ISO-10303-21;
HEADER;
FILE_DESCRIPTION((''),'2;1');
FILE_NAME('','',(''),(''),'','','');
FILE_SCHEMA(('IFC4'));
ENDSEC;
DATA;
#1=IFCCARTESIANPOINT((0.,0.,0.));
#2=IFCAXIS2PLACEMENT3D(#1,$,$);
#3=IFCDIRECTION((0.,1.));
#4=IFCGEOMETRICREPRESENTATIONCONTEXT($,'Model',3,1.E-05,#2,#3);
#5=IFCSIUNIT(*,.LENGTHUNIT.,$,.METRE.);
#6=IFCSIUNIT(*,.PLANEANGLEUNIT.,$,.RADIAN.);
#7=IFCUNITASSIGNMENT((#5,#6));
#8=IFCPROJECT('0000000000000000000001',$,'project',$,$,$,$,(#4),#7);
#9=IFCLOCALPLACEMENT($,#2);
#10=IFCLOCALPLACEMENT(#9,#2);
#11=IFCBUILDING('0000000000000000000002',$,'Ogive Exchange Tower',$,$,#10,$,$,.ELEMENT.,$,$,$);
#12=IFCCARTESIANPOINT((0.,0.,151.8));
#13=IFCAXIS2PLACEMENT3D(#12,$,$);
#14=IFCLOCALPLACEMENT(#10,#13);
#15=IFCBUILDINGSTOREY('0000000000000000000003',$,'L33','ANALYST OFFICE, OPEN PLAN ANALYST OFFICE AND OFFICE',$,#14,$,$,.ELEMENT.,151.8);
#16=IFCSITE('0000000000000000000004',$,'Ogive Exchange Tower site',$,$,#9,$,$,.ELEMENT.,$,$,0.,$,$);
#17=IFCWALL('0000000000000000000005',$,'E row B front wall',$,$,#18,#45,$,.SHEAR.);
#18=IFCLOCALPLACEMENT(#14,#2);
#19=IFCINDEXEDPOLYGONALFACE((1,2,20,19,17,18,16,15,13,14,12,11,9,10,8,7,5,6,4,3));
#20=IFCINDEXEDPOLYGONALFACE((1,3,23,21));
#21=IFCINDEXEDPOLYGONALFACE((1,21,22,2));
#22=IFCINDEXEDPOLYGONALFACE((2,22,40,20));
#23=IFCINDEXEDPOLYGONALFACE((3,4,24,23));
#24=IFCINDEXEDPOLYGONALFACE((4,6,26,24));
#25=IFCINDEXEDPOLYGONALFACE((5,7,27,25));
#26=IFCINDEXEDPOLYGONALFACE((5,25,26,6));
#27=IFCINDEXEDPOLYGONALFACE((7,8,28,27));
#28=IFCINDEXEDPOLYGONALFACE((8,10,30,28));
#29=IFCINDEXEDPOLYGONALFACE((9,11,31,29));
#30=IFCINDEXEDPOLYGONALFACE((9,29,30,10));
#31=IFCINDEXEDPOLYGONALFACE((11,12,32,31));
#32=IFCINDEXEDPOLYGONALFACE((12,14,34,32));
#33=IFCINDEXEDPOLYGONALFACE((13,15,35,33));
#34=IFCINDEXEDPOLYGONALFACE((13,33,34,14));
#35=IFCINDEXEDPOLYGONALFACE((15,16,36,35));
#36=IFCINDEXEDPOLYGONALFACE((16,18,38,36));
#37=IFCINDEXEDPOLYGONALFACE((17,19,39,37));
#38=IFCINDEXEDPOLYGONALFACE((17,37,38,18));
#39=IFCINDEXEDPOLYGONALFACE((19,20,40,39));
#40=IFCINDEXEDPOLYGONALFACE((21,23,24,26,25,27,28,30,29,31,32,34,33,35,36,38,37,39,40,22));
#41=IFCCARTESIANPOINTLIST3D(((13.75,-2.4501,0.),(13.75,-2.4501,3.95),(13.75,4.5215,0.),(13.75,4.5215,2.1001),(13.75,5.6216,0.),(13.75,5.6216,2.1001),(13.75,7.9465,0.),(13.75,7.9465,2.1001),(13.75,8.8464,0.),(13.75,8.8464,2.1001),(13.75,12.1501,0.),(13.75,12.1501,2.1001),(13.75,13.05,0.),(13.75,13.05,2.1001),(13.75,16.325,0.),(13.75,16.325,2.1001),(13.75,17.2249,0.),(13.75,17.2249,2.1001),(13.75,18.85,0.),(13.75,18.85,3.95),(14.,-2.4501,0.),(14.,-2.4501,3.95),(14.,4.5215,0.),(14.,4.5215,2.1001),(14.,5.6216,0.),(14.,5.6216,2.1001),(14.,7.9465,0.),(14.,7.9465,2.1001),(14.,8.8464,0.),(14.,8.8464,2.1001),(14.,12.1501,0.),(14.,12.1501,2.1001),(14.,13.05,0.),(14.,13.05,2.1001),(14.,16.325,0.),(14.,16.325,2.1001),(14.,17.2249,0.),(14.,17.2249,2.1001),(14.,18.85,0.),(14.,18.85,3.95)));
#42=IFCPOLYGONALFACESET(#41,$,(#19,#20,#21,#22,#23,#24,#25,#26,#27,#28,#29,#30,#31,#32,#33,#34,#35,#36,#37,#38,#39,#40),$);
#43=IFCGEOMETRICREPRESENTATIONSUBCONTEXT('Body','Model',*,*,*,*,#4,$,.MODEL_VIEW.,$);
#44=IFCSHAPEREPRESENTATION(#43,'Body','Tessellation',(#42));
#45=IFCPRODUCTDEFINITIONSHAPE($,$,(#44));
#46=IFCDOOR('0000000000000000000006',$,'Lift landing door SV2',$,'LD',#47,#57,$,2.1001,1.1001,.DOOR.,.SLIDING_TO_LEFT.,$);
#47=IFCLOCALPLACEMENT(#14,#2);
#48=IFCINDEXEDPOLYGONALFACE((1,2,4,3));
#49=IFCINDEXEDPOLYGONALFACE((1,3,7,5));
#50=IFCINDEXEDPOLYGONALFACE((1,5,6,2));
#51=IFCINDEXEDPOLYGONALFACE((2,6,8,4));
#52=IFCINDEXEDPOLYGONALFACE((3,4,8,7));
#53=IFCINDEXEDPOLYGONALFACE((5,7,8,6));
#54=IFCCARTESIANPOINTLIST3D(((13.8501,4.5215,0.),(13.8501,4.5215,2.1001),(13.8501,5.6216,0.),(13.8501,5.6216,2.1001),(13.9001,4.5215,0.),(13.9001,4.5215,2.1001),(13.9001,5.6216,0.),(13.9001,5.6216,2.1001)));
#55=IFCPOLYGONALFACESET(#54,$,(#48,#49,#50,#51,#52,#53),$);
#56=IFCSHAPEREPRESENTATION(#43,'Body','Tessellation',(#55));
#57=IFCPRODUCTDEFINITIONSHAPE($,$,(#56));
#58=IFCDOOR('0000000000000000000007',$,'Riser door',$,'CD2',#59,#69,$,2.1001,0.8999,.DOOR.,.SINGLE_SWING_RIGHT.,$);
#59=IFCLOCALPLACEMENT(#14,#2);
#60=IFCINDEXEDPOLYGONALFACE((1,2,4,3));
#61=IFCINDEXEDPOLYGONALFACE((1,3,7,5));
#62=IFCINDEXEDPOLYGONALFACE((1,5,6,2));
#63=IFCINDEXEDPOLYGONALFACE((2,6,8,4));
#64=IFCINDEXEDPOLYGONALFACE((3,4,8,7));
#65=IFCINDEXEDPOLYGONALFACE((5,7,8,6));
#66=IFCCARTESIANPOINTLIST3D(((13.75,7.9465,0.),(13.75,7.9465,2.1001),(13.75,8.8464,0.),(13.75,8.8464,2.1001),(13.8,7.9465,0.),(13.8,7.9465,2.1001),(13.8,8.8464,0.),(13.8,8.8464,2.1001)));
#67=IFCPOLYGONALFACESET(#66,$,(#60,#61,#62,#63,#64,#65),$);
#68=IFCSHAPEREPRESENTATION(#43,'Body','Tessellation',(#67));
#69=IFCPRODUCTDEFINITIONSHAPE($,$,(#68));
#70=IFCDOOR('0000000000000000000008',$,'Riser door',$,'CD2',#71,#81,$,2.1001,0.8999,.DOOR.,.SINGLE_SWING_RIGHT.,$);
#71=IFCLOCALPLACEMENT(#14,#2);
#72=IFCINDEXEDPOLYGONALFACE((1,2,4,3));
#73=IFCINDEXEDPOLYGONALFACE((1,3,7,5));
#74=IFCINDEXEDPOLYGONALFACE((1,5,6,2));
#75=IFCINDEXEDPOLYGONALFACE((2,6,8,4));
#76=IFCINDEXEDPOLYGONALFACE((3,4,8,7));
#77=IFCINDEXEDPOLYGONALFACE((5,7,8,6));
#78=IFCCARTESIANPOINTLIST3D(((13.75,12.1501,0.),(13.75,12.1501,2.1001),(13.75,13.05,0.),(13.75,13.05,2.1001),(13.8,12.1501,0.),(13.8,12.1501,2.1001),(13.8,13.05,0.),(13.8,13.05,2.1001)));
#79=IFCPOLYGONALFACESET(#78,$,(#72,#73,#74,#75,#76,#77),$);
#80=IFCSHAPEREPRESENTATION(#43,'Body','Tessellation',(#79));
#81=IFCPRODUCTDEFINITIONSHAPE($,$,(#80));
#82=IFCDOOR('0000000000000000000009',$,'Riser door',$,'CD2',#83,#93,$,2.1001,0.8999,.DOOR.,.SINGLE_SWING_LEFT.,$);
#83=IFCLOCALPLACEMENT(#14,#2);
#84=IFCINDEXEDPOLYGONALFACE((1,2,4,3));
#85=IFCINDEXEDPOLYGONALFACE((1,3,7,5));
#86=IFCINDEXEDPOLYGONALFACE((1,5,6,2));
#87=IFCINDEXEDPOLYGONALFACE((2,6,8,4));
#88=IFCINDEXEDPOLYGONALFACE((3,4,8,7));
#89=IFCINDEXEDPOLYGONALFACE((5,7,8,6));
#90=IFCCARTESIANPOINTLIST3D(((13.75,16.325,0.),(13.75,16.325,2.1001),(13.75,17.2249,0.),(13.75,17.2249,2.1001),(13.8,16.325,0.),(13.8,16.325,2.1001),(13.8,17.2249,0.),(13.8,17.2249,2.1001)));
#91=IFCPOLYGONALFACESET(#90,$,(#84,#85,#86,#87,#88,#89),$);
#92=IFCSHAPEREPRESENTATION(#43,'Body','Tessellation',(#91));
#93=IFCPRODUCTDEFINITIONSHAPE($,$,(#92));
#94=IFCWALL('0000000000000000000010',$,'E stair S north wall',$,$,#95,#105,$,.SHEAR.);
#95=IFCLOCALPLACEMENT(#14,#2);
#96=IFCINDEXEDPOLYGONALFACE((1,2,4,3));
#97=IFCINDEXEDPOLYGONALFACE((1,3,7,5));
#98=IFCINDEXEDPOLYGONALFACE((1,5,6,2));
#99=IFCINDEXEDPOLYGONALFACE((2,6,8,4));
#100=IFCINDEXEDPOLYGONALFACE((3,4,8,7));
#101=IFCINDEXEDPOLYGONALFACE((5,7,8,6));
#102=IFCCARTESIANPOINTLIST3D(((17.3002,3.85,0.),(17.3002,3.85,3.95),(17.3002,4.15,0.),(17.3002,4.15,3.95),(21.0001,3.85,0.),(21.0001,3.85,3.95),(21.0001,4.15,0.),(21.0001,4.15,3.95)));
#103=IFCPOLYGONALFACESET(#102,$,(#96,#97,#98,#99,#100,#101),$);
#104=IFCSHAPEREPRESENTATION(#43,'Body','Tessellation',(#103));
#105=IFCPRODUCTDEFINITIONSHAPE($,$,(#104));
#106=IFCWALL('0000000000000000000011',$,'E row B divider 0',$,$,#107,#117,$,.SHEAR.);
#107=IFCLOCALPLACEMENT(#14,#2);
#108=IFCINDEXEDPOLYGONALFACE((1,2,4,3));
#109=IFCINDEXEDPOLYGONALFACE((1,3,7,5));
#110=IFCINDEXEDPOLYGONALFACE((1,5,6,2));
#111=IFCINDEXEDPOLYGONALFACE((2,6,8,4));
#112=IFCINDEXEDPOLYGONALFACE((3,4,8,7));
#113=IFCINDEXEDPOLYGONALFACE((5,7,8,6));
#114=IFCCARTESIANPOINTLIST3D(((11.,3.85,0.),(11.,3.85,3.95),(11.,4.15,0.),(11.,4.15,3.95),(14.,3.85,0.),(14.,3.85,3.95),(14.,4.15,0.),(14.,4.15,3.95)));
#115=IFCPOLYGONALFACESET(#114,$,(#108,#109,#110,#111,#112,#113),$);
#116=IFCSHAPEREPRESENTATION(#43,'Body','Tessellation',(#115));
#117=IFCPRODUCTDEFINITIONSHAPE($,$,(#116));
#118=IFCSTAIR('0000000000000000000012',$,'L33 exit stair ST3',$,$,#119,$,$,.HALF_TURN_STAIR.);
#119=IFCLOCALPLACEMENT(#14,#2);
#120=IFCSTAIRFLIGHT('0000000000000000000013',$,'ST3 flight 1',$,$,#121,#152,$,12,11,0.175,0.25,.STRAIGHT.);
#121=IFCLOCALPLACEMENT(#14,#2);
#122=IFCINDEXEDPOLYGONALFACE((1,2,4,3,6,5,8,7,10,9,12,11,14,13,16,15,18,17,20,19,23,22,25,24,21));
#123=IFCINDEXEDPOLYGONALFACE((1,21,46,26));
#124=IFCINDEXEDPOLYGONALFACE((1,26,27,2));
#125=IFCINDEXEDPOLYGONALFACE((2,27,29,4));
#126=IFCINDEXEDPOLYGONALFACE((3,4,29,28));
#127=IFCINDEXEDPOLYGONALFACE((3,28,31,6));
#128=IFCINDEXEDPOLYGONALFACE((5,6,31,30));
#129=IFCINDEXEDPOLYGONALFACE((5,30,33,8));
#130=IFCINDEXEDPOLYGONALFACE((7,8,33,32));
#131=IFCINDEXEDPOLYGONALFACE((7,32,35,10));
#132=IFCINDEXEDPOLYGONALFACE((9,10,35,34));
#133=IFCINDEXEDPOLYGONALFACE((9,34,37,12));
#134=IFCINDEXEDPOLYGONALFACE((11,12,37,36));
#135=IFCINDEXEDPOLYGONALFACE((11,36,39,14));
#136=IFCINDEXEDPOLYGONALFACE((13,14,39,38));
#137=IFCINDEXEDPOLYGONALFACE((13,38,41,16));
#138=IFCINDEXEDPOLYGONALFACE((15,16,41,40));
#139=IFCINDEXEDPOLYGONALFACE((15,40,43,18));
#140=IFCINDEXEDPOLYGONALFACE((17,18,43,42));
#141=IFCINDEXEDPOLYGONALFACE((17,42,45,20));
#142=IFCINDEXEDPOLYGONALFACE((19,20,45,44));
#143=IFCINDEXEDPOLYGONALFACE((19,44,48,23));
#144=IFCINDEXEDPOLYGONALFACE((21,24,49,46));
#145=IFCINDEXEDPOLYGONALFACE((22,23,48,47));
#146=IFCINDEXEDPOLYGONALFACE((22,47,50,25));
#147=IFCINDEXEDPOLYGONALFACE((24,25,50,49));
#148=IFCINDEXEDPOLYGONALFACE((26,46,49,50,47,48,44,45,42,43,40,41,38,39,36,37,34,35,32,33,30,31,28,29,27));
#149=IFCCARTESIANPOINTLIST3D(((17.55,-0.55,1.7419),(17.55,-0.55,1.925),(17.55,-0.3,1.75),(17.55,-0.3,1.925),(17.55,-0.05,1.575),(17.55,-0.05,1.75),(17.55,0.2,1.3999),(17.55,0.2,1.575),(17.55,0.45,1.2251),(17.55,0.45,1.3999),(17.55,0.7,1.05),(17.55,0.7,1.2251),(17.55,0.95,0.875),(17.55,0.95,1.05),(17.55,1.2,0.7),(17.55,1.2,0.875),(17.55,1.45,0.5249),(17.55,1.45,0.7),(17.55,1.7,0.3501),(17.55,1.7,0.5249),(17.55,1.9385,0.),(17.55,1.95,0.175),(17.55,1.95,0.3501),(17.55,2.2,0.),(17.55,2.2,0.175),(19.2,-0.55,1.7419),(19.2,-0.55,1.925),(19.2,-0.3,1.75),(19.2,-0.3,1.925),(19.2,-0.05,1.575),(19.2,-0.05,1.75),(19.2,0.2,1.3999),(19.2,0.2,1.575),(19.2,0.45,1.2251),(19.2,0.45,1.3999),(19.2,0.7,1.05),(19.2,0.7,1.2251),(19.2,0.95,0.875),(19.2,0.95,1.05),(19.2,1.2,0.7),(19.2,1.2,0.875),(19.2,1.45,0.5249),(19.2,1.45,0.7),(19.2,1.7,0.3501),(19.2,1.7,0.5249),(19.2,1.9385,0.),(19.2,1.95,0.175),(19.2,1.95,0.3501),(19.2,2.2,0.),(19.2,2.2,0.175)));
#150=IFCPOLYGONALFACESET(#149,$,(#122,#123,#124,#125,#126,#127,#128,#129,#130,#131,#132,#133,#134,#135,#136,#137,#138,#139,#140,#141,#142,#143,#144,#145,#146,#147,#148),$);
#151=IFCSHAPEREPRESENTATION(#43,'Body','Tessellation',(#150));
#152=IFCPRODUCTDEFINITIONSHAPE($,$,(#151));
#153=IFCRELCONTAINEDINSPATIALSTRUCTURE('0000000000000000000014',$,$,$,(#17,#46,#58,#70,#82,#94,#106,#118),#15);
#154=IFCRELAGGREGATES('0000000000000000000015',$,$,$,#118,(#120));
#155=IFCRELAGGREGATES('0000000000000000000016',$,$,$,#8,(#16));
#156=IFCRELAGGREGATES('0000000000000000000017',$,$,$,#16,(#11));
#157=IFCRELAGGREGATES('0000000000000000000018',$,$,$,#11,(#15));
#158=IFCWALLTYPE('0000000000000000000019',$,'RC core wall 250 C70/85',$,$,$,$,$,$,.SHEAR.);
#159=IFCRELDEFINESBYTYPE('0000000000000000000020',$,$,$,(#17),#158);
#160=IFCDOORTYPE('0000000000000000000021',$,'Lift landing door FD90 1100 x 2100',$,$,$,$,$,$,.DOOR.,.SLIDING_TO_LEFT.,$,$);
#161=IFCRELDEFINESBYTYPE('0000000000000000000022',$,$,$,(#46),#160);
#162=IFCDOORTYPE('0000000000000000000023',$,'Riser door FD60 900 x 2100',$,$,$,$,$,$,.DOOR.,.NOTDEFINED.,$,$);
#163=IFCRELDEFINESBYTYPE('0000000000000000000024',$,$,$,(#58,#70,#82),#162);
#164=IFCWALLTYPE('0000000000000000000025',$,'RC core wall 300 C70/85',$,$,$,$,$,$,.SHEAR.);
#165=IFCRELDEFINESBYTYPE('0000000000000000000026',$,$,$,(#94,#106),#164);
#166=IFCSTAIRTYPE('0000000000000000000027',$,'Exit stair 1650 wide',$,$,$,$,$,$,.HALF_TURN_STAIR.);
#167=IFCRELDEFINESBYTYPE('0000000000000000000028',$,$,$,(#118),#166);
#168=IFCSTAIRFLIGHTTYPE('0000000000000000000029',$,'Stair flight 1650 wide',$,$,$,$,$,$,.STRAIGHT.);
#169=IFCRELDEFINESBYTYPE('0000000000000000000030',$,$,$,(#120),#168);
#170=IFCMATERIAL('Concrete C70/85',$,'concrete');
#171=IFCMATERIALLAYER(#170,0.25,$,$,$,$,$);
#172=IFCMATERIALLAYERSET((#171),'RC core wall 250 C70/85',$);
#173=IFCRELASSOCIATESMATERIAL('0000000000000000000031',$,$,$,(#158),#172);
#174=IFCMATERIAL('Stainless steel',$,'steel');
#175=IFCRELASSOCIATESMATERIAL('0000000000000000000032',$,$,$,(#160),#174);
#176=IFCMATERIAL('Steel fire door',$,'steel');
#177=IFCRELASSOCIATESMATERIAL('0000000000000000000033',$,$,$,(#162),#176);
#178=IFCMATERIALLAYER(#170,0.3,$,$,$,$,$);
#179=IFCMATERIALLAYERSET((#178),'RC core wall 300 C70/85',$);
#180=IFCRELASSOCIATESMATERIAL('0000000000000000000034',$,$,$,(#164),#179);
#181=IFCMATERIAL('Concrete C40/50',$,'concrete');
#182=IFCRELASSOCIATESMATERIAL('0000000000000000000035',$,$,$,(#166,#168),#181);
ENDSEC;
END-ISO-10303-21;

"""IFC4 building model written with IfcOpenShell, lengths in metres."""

from ifc_helpers import new_model, si_unit, direction, frame, frame_2d, origin, place, context, subcontext, project, spatial, polyline, rectangle, outline, extrude, material, layer, layer_set, type_object, element, fill, aggregate, save


model = new_model("IFC4")

# Units and contexts
model_context = context("Model", 3, precision=1e-05, world=origin(), true_north=direction((0.0, 1.0)))
body_context = subcontext(model_context, "Body", "Model", "MODEL_VIEW")
ifc_project = project(units=[si_unit("LENGTHUNIT", "METRE"), si_unit("PLANEANGLEUNIT", "RADIAN")], contexts=[model_context])

# Site, building, storey
site_placement = place(None, origin())
site = spatial("IfcSite", under=ifc_project, at=site_placement, Name="Ogive Exchange Tower site", CompositionType="ELEMENT", RefElevation=0.0)
building_placement = place(site_placement, origin())
building = spatial("IfcBuilding", under=site, at=building_placement, Name="Ogive Exchange Tower", CompositionType="ELEMENT")
storey_placement = place(building_placement, frame((0.0, 0.0, 151.8)))
storey = spatial("IfcBuildingStorey", under=building, at=storey_placement, Name="L33", Description="ANALYST OFFICE, OPEN PLAN ANALYST OFFICE AND OFFICE", CompositionType="ELEMENT", Elevation=151.8)

# Shared definitions
ifc_material_1 = material(Name="Concrete C70/85", Category="concrete")
ifc_layer_1 = layer(ifc_material_1, 0.25)
ifc_layer_set_1 = layer_set([ifc_layer_1], Name="RC core wall 250 C70/85")
wall_type_1 = type_object("IfcWallType", Name="RC core wall 250 C70/85", PredefinedType="SHEAR", material=ifc_layer_set_1)
ifc_material_2 = material(Name="Steel fire door", Category="steel")

# Wall, openings, doors
ifc_material_3 = material(Name="Stainless steel", Category="steel")
door_type_1 = type_object("IfcDoorType", Name="Lift landing door FD90 1100 x 2100", OperationType="SLIDING_TO_LEFT", PredefinedType="DOOR", material=ifc_material_3)
wall_1_placement = place(storey_placement, frame((13.875, -2.45, 0.0), z_axis=(0.0, 0.0, 1.0), x_axis=(0.0, 1.0, 0.0)))
wall_1 = element("IfcWall", 1, at=wall_1_placement, inside=storey, type_object=wall_type_1, Name="E row B front wall", PredefinedType="SHEAR", context=body_context, shape_type="SweptSolid", body=[
    extrude(rectangle(XDim=21.3, YDim=0.25, at=frame_2d((10.6499, 0.0))), origin(), (0.0, 0.0, 1.0), 3.95),
])
opening_1_placement = place(wall_1_placement, frame((10.3965, 0.0, 0.0)))
opening_1 = element("IfcOpeningElement", 2, at=opening_1_placement, cuts=wall_1, PredefinedType="OPENING", context=body_context, shape_type="SweptSolid", body=[
    extrude(rectangle(XDim=0.8999, YDim=2.1001, at=frame_2d((0.45, 1.05))), frame((0.0, 0.135, 0.0), z_axis=(0.0, -1.0, 0.0), x_axis=(1.0, 0.0, 0.0)), (0.0, 0.0, 1.0), 0.27),
])
opening_2_placement = place(wall_1_placement, frame((14.6001, 0.0, 0.0)))
opening_2 = element("IfcOpeningElement", 3, at=opening_2_placement, cuts=wall_1, PredefinedType="OPENING", context=body_context, shape_type="SweptSolid", body=[
    extrude(rectangle(XDim=0.8999, YDim=2.1001, at=frame_2d((0.45, 1.05))), frame((0.0, 0.135, 0.0), z_axis=(0.0, -1.0, 0.0), x_axis=(1.0, 0.0, 0.0)), (0.0, 0.0, 1.0), 0.27),
])
opening_3_placement = place(wall_1_placement, frame((18.7749, 0.0, 0.0)))
opening_3 = element("IfcOpeningElement", 4, at=opening_3_placement, cuts=wall_1, PredefinedType="OPENING", context=body_context, shape_type="SweptSolid", body=[
    extrude(rectangle(XDim=0.8999, YDim=2.1001, at=frame_2d((0.45, 1.05))), frame((0.0, 0.135, 0.0), z_axis=(0.0, -1.0, 0.0), x_axis=(1.0, 0.0, 0.0)), (0.0, 0.0, 1.0), 0.27),
])
opening_4_placement = place(wall_1_placement, frame((6.9714, 0.0, 0.0)))
opening_4 = element("IfcOpeningElement", 5, at=opening_4_placement, cuts=wall_1, PredefinedType="OPENING", context=body_context, shape_type="SweptSolid", body=[
    extrude(rectangle(XDim=1.1001, YDim=2.1001, at=frame_2d((0.55, 1.05))), frame((0.0, 0.135, 0.0), z_axis=(0.0, -1.0, 0.0), x_axis=(1.0, 0.0, 0.0)), (0.0, 0.0, 1.0), 0.27),
])
door_1_placement = place(opening_4_placement, origin())
door_1 = element("IfcDoor", 6, at=door_1_placement, inside=storey, type_object=door_type_1, Name="Lift landing door SV2", ObjectType="LD", OperationType="SLIDING_TO_LEFT", OverallHeight=2.1001, OverallWidth=1.1001, PredefinedType="DOOR", context=body_context, shape_type="SweptSolid", body=[
    extrude(rectangle(XDim=1.1001, YDim=2.1001, at=frame_2d((0.55, 1.05))), frame((0.0, 0.0249, 0.0), z_axis=(0.0, -1.0, 0.0), x_axis=(1.0, 0.0, 0.0)), (0.0, 0.0, 1.0), 0.05),
])
fill(opening_4, door_1)
door_type_2 = type_object("IfcDoorType", Name="Riser door FD60 900 x 2100", OperationType="NOTDEFINED", PredefinedType="DOOR", material=ifc_material_2)
door_2_placement = place(opening_1_placement, origin())
door_2 = element("IfcDoor", 7, at=door_2_placement, inside=storey, type_object=door_type_2, Name="Riser door", ObjectType="CD2", OperationType="SINGLE_SWING_RIGHT", OverallHeight=2.1001, OverallWidth=0.8999, PredefinedType="DOOR", context=body_context, shape_type="SweptSolid", body=[
    extrude(rectangle(XDim=0.8999, YDim=2.1001, at=frame_2d((0.45, 1.05))), frame((0.0, 0.125, 0.0), z_axis=(0.0, -1.0, 0.0), x_axis=(1.0, 0.0, 0.0)), (0.0, 0.0, 1.0), 0.05),
])
fill(opening_1, door_2)
door_3_placement = place(opening_2_placement, origin())
door_3 = element("IfcDoor", 8, at=door_3_placement, inside=storey, type_object=door_type_2, Name="Riser door", ObjectType="CD2", OperationType="SINGLE_SWING_RIGHT", OverallHeight=2.1001, OverallWidth=0.8999, PredefinedType="DOOR", context=body_context, shape_type="SweptSolid", body=[
    extrude(rectangle(XDim=0.8999, YDim=2.1001, at=frame_2d((0.45, 1.05))), frame((0.0, 0.125, 0.0), z_axis=(0.0, -1.0, 0.0), x_axis=(1.0, 0.0, 0.0)), (0.0, 0.0, 1.0), 0.05),
])
fill(opening_2, door_3)
door_4_placement = place(opening_3_placement, origin())
door_4 = element("IfcDoor", 9, at=door_4_placement, inside=storey, type_object=door_type_2, Name="Riser door", ObjectType="CD2", OperationType="SINGLE_SWING_LEFT", OverallHeight=2.1001, OverallWidth=0.8999, PredefinedType="DOOR", context=body_context, shape_type="SweptSolid", body=[
    extrude(rectangle(XDim=0.8999, YDim=2.1001, at=frame_2d((0.45, 1.05))), frame((0.0, 0.125, 0.0), z_axis=(0.0, -1.0, 0.0), x_axis=(1.0, 0.0, 0.0)), (0.0, 0.0, 1.0), 0.05),
])
fill(opening_3, door_4)

# Walls
ifc_layer_2 = layer(ifc_material_1, 0.3)
ifc_layer_set_2 = layer_set([ifc_layer_2], Name="RC core wall 300 C70/85")
wall_type_2 = type_object("IfcWallType", Name="RC core wall 300 C70/85", PredefinedType="SHEAR", material=ifc_layer_set_2)
wall_2_placement = place(storey_placement, frame((17.3, 4.0, 0.0), z_axis=(0.0, 0.0, 1.0), x_axis=(1.0, 0.0, 0.0)))
element("IfcWall", 10, at=wall_2_placement, inside=storey, type_object=wall_type_2, Name="E stair S north wall", PredefinedType="SHEAR", context=body_context, shape_type="SweptSolid", body=[
    extrude(rectangle(XDim=3.7, YDim=0.3, at=frame_2d((1.8501, 0.0))), origin(), (0.0, 0.0, 1.0), 3.95),
])
wall_3_placement = place(storey_placement, frame((11.0, 4.0, 0.0), z_axis=(0.0, 0.0, 1.0), x_axis=(1.0, 0.0, 0.0)))
element("IfcWall", 11, at=wall_3_placement, inside=storey, type_object=wall_type_2, Name="E row B divider 0", PredefinedType="SHEAR", context=body_context, shape_type="SweptSolid", body=[
    extrude(rectangle(XDim=3.0, YDim=0.3, at=frame_2d((1.5, 0.0))), origin(), (0.0, 0.0, 1.0), 3.95),
])

# Stair, stair flight
ifc_material_4 = material(Name="Concrete C40/50", Category="concrete")
stair_type = type_object("IfcStairType", Name="Exit stair 1650 wide", PredefinedType="HALF_TURN_STAIR", material=ifc_material_4)
stair_placement = place(storey_placement, origin())
stair = element("IfcStair", 12, at=stair_placement, inside=storey, type_object=stair_type, Name="L33 exit stair ST3", PredefinedType="HALF_TURN_STAIR")
stair_flight_type = type_object("IfcStairFlightType", Name="Stair flight 1650 wide", PredefinedType="STRAIGHT", material=ifc_material_4)
stair_flight_1_placement = place(storey_placement, frame((18.375, 2.2, 0.0), z_axis=(0.0, 0.0, 1.0), x_axis=(0.0, -1.0, 0.0)))
stair_flight_1 = element("IfcStairFlight", 13, at=stair_flight_1_placement, type_object=stair_flight_type, Name="ST3 flight 1", NumberOfRisers=12, NumberOfTreads=11, PredefinedType="STRAIGHT", RiserHeight=0.175, TreadLength=0.25, context=body_context, shape_type="SweptSolid", body=[
    extrude(outline(polyline([(0.0, 0.0), (0.0, 0.175), (0.25, 0.175), (0.25, 0.3501), (0.5, 0.3501), (0.5, 0.5249), (0.75, 0.5249), (0.75, 0.7), (1.0, 0.7), (1.0, 0.875), (1.25, 0.875), (1.25, 1.05), (1.5, 1.05), (1.5, 1.2251), (1.75, 1.2251), (1.75, 1.3999), (2.0, 1.3999), (2.0, 1.575), (2.25, 1.575), (2.25, 1.75), (2.5, 1.75), (2.5, 1.925), (2.75, 1.925), (2.75, 2.1001), (2.75, 1.7419), (0.2615, 0.0), (0.0, 0.0)])), frame((0.0, 0.825, 0.0), z_axis=(0.0, -1.0, 0.0), x_axis=(1.0, 0.0, 0.0)), (0.0, 0.0, 1.0), 1.6499),
])
aggregate(stair, [stair_flight_1])

save(model, "model.ifc")
